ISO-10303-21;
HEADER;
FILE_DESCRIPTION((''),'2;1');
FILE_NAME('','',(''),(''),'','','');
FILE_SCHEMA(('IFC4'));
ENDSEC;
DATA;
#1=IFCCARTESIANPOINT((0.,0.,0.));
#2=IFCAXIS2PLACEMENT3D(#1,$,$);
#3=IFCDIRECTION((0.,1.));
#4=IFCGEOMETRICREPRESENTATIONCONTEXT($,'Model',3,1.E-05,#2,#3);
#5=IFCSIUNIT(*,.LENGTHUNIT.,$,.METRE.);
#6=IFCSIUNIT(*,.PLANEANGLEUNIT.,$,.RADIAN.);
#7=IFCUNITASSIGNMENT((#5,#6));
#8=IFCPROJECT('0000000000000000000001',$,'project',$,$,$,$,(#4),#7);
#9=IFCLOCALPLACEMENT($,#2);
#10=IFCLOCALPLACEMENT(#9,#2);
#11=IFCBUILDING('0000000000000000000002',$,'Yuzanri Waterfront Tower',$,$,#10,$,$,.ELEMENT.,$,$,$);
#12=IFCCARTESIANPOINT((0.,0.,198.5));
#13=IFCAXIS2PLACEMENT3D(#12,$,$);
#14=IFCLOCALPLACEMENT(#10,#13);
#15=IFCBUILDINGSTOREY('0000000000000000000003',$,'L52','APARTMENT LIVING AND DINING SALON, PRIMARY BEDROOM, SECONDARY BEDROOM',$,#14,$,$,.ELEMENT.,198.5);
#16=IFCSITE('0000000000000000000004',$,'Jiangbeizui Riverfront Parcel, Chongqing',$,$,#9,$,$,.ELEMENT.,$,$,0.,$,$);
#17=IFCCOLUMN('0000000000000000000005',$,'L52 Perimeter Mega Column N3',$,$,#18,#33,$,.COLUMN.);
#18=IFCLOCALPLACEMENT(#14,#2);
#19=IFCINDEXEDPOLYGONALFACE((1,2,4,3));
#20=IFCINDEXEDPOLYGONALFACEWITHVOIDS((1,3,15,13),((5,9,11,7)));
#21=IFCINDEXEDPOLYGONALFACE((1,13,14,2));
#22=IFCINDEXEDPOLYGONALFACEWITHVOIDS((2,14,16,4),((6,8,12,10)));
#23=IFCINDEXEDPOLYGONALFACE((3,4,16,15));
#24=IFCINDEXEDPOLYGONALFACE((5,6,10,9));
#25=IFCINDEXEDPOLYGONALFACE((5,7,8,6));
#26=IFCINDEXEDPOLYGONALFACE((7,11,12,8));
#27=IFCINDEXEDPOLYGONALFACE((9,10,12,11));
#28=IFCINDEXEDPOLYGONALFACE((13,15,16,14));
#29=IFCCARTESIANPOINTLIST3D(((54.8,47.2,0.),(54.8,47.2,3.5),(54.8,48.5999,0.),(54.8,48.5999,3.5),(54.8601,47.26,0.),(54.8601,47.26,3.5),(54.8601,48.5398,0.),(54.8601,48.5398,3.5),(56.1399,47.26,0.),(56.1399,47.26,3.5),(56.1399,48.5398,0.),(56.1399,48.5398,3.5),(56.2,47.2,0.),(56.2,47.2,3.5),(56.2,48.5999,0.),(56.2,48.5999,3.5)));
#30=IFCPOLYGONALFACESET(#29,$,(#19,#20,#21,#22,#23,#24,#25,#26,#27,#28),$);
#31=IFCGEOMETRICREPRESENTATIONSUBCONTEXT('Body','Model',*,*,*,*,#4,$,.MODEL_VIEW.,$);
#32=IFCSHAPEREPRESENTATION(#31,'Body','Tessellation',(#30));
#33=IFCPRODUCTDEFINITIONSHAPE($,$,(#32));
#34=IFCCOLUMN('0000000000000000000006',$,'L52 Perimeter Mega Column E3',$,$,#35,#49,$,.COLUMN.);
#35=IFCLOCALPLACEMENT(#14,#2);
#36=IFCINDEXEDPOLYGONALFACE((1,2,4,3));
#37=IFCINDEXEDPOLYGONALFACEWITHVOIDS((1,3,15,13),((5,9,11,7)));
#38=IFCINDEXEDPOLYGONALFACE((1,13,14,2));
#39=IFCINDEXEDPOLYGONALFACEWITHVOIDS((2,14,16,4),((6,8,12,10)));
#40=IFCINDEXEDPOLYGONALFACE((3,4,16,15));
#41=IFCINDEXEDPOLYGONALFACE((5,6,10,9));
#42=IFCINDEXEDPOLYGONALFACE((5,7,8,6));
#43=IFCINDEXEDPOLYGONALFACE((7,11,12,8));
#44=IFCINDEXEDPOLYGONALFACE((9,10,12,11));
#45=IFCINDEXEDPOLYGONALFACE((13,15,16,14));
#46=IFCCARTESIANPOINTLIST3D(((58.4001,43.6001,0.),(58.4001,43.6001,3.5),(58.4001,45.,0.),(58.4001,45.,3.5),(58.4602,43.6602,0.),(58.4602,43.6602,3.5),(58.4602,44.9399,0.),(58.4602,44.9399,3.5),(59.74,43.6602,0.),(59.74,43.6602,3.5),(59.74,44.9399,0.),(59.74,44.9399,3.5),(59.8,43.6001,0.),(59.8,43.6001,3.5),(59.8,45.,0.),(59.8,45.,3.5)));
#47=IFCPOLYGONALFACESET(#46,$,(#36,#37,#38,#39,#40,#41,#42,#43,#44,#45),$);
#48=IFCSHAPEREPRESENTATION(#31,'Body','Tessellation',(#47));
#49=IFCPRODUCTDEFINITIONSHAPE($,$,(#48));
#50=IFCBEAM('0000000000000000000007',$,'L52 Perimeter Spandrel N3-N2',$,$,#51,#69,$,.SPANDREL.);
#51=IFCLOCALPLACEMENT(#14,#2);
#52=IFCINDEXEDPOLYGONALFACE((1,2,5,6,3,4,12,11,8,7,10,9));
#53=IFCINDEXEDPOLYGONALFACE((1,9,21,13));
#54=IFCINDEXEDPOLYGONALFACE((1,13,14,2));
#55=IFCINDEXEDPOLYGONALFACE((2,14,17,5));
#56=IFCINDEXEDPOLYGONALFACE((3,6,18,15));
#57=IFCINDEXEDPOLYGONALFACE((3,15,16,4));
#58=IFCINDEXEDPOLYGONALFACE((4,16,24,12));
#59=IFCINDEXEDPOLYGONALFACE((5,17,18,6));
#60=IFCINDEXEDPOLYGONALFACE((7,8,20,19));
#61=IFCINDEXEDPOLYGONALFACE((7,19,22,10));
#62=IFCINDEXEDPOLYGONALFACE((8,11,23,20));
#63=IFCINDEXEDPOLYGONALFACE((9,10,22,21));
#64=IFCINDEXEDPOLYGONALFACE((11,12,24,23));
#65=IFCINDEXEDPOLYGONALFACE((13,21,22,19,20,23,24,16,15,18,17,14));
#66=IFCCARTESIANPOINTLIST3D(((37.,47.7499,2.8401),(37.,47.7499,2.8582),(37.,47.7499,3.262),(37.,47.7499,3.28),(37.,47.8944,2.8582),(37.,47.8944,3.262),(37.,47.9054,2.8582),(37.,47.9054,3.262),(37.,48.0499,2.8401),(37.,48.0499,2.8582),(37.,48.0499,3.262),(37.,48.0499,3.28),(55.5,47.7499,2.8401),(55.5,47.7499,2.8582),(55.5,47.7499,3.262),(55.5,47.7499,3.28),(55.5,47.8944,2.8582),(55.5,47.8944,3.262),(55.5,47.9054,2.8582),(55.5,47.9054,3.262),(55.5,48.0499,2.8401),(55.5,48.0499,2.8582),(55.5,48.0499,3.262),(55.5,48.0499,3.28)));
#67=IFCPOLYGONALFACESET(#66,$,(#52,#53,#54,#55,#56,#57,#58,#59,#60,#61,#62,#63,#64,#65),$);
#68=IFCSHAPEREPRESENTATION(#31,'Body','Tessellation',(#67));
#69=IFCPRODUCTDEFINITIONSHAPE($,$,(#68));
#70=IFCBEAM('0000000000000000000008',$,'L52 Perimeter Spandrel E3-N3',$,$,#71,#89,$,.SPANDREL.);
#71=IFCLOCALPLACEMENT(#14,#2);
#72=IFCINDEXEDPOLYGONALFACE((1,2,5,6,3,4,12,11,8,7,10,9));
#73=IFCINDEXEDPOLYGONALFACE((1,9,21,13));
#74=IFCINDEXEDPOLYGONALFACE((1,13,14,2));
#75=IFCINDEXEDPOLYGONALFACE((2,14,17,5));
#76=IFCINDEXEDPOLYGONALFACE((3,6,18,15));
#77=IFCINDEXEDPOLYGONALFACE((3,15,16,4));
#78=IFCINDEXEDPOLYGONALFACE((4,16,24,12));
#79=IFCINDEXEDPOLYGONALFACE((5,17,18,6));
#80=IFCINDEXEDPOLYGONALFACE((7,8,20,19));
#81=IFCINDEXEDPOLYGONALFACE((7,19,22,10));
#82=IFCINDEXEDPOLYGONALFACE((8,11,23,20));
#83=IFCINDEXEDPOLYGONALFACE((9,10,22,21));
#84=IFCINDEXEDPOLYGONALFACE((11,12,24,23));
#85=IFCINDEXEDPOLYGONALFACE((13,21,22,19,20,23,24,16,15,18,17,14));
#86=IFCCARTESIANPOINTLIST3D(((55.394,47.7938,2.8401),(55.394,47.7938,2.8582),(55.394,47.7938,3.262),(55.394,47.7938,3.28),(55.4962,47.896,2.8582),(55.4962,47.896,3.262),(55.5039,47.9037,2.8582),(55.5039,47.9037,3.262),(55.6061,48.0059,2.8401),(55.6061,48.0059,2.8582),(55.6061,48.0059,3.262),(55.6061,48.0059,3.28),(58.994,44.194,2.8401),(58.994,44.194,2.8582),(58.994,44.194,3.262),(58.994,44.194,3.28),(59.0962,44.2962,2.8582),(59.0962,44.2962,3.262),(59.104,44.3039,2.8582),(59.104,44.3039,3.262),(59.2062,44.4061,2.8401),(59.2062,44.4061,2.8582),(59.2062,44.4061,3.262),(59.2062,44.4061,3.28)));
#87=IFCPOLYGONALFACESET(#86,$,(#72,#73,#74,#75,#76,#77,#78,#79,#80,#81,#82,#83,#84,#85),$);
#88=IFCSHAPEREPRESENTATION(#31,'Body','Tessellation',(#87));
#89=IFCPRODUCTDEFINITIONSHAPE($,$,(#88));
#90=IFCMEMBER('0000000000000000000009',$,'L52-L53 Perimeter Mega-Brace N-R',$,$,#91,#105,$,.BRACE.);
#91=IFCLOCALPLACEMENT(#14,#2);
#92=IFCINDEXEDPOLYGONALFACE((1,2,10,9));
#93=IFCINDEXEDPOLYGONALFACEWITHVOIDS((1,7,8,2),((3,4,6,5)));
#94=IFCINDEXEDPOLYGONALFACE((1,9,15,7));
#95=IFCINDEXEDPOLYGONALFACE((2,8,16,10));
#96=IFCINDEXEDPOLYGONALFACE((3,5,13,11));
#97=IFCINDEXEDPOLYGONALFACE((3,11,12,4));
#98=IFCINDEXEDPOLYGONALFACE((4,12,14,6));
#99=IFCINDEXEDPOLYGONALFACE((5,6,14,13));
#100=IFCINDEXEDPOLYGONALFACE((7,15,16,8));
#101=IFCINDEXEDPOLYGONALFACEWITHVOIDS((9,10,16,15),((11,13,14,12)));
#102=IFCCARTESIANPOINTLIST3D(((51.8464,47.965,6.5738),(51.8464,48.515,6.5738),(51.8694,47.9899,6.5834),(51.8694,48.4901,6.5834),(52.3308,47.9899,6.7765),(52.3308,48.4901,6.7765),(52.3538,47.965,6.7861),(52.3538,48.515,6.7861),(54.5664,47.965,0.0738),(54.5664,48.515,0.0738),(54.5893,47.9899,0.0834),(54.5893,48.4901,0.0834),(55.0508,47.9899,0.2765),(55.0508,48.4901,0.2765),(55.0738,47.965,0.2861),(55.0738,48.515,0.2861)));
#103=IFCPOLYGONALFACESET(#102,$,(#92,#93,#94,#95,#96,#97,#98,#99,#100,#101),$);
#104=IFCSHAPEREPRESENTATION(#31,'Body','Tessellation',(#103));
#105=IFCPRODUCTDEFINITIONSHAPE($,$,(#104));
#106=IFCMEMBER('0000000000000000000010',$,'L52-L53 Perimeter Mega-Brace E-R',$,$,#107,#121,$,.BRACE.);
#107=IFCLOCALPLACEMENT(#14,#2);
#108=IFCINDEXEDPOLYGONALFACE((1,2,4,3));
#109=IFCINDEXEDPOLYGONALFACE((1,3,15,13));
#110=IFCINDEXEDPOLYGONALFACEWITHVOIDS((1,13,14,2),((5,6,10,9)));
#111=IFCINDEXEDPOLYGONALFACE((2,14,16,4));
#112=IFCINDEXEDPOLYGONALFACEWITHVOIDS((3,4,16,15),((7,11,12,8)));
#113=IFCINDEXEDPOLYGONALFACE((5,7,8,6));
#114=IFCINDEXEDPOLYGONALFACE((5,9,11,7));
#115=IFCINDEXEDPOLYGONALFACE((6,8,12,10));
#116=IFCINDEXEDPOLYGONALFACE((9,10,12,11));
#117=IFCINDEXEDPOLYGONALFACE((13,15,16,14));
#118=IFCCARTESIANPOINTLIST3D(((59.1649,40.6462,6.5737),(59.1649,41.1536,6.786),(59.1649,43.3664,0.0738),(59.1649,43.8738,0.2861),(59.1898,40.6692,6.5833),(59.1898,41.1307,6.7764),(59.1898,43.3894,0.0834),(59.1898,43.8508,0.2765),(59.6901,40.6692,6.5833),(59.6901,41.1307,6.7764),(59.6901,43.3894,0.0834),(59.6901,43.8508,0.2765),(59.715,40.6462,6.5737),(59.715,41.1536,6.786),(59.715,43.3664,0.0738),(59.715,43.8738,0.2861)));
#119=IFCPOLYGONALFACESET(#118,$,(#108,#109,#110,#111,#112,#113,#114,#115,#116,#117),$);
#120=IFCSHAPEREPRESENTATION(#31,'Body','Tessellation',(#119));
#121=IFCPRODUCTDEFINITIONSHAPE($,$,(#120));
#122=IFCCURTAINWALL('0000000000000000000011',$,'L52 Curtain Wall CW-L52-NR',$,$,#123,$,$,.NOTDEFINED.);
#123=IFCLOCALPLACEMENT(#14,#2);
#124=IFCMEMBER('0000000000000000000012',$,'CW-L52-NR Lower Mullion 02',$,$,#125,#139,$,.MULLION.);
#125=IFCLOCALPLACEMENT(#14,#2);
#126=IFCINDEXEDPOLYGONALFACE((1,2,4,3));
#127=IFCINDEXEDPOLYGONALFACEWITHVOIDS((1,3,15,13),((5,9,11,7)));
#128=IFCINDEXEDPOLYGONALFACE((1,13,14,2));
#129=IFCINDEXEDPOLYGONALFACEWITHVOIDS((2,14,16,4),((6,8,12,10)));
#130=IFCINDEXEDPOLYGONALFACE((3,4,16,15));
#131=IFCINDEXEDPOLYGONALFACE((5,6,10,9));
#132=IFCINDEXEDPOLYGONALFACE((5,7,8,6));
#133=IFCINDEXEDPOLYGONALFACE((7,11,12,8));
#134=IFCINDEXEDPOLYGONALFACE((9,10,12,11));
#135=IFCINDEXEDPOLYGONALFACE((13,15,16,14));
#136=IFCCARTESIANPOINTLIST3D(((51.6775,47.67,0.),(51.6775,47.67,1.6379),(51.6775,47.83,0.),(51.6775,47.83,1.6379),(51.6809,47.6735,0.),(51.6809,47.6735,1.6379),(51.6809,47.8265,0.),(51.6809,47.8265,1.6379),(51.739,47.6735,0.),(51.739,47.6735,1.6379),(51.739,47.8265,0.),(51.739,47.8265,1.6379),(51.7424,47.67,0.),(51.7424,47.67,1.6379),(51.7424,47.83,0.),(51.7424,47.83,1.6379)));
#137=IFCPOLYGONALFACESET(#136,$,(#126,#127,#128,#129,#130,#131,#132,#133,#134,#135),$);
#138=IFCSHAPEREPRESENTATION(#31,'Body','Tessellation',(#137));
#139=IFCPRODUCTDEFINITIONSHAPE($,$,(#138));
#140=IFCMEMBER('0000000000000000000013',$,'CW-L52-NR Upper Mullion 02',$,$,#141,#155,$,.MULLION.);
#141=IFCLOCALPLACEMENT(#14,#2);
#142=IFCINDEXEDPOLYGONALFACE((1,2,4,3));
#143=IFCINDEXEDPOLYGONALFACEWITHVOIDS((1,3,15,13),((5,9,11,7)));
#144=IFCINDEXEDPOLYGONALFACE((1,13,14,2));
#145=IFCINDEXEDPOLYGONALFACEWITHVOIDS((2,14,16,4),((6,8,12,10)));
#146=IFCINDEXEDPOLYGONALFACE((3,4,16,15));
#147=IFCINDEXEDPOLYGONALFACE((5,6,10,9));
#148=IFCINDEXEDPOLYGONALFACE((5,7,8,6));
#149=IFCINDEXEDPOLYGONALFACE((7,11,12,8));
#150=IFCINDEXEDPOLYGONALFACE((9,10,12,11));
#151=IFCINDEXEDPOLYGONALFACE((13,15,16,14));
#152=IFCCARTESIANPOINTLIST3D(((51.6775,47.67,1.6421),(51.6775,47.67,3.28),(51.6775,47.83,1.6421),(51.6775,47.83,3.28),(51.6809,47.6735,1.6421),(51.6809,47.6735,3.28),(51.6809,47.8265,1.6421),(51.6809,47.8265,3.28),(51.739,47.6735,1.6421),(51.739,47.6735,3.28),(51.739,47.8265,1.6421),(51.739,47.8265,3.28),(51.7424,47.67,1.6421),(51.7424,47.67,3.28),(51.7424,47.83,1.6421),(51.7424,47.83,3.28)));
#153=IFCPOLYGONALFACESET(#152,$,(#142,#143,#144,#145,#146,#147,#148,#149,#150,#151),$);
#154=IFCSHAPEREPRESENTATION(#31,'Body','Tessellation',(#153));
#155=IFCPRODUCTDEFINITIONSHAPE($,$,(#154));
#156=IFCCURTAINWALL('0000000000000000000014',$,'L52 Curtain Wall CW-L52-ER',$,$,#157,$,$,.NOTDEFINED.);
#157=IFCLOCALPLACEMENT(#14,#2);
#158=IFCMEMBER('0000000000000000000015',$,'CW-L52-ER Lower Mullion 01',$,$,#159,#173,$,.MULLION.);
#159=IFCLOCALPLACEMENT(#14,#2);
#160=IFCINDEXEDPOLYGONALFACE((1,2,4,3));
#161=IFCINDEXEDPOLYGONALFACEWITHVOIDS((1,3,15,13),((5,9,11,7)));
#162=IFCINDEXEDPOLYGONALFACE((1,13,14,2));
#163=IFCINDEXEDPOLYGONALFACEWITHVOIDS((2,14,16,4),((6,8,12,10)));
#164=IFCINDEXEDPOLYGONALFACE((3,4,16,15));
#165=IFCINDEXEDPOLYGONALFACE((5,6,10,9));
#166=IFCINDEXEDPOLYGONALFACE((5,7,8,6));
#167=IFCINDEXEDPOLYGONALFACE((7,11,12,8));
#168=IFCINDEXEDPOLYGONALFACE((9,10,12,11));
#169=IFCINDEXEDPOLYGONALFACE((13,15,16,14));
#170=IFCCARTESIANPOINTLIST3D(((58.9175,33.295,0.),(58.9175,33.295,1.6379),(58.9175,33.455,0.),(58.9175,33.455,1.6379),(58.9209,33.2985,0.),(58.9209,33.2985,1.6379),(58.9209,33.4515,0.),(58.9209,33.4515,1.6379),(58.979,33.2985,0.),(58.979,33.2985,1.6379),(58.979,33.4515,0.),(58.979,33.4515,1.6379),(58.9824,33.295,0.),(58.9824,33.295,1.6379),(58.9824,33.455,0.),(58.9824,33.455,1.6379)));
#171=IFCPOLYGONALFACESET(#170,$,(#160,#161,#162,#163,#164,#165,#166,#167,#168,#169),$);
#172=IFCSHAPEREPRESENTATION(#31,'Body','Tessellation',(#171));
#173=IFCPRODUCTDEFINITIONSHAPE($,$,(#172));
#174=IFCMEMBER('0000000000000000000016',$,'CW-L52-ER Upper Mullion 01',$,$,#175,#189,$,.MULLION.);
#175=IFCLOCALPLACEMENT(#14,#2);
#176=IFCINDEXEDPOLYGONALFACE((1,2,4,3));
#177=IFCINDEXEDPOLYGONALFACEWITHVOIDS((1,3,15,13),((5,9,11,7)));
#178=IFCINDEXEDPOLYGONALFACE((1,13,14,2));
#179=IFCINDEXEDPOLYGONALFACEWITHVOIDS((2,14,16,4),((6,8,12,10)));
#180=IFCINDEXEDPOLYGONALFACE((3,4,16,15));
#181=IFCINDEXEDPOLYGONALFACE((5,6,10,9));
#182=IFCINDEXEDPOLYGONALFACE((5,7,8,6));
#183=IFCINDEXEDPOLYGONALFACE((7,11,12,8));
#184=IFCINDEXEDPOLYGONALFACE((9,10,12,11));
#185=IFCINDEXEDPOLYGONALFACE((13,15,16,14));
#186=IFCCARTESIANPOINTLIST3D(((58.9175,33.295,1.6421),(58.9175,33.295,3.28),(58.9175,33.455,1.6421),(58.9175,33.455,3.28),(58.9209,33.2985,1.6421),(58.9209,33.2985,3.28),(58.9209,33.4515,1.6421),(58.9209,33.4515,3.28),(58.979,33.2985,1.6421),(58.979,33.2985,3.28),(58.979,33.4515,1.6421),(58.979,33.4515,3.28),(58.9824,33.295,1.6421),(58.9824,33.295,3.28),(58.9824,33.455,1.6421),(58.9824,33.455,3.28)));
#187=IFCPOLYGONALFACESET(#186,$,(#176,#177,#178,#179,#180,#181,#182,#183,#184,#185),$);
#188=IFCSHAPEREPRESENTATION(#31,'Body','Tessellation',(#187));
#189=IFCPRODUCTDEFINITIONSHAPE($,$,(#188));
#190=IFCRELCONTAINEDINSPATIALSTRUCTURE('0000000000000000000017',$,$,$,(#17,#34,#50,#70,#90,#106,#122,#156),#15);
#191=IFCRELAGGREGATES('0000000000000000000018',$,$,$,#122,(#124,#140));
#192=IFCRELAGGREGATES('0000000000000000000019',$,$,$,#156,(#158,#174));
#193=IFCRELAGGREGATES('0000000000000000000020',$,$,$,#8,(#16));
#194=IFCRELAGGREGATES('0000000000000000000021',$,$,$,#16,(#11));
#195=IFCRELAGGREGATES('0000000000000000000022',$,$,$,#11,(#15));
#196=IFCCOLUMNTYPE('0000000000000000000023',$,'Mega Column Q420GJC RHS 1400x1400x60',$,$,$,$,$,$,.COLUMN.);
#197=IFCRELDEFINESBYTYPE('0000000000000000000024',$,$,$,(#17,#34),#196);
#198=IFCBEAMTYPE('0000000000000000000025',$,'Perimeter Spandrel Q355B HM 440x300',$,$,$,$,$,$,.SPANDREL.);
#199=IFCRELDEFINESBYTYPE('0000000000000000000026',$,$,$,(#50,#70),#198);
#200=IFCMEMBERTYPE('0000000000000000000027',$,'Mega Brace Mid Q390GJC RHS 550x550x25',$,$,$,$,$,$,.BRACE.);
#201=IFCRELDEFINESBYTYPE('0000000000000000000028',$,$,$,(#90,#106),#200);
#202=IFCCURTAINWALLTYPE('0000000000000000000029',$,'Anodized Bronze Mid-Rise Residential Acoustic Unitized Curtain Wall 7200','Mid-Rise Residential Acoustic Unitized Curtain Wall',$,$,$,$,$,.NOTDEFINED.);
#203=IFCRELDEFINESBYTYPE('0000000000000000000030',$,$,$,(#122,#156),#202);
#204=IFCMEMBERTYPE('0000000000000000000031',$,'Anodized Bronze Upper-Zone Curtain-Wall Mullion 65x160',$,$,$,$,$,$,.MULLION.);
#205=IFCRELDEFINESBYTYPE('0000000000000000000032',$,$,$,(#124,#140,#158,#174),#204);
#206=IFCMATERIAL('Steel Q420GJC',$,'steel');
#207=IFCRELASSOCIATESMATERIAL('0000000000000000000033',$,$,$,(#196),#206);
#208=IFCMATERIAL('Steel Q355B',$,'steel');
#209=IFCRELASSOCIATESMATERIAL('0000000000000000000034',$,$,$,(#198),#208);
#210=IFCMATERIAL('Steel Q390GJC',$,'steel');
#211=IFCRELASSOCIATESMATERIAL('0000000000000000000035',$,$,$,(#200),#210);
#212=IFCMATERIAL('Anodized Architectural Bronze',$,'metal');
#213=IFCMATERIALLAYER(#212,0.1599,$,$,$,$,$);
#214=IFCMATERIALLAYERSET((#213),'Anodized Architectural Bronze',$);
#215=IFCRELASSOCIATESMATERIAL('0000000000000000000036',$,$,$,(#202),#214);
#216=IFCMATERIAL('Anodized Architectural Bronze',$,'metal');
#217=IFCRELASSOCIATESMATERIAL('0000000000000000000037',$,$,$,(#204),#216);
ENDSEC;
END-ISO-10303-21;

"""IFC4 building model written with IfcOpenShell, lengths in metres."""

from ifc_helpers import new_model, si_unit, direction, frame, origin, origin_2d, place, context, subcontext, project, spatial, hollow_rectangle, i_section, extrude, source, transform, mapped, material, layer, layer_set, material_profile, profile_set, type_object, element, aggregate, save


model = new_model("IFC4")

# Units and contexts
model_context = context("Model", 3, precision=1e-05, world=origin(), true_north=direction((0.0, 1.0)))
body_context = subcontext(model_context, "Body", "Model", "MODEL_VIEW")
ifc_project = project(units=[si_unit("LENGTHUNIT", "METRE"), si_unit("PLANEANGLEUNIT", "RADIAN")], contexts=[model_context])

# Site, building, storey
site_placement = place(None, origin())
site = spatial("IfcSite", under=ifc_project, at=site_placement, Name="Jiangbeizui Riverfront Parcel, Chongqing", CompositionType="ELEMENT", RefElevation=0.0)
building_placement = place(site_placement, origin())
building = spatial("IfcBuilding", under=site, at=building_placement, Name="Yuzanri Waterfront Tower", CompositionType="ELEMENT")
storey_placement = place(building_placement, frame((0.0, 0.0, 198.5)))
storey = spatial("IfcBuildingStorey", under=building, at=storey_placement, Name="L52", Description="APARTMENT LIVING AND DINING SALON, PRIMARY BEDROOM, SECONDARY BEDROOM", CompositionType="ELEMENT", Elevation=198.5)

# Columns
ifc_material_1 = material(Name="Steel Q420GJC", Category="steel")
ifc_material_profile_1 = material_profile(ifc_material_1, hollow_rectangle(XDim=1.3999, YDim=1.3999, WallThickness=0.0601, at=origin_2d()), Name="RHS 1400x1400x60")
ifc_profile_set_1 = profile_set([ifc_material_profile_1], Name="Steel Q420GJC")
column_type = type_object("IfcColumnType", Name="Mega Column Q420GJC RHS 1400x1400x60", PredefinedType="COLUMN", material=ifc_profile_set_1)
shared_shape_1 = source(origin(), body_context, "Body", "SweptSolid", [
    extrude(hollow_rectangle(XDim=1.3999, YDim=1.3999, WallThickness=0.0601, at=origin_2d()), origin(), (0.0, 0.0, 1.0), 3.5),
])
for number, where, z_axis, x_axis, name in (
    (1, (55.5, 47.8999, 0.0), (0.0, 0.0, 1.0), (1.0, 0.0, 0.0), "L52 Perimeter Mega Column N3"),
    (2, (59.1001, 44.3, 0.0), (0.0, 0.0, 1.0), (1.0, 0.0, 0.0), "L52 Perimeter Mega Column E3"),
):
    element("IfcColumn", number, at=place(storey_placement, frame(where, z_axis=z_axis, x_axis=x_axis)), inside=storey, type_object=column_type, Name=name, PredefinedType="COLUMN", context=body_context, shape_type="MappedRepresentation", body=[
        mapped(shared_shape_1, transform((0.0, 0.0, 0.0), scale=1.0)),
    ])

# Beams
ifc_material_2 = material(Name="Steel Q355B", Category="steel")
ifc_material_profile_2 = material_profile(ifc_material_2, i_section(OverallWidth=0.3, OverallDepth=0.4399, WebThickness=0.011, FlangeThickness=0.0181, at=origin_2d()), Name="HM 440x300x11x18")
ifc_profile_set_2 = profile_set([ifc_material_profile_2], Name="Steel Q355B")
beam_type = type_object("IfcBeamType", Name="Perimeter Spandrel Q355B HM 440x300", PredefinedType="SPANDREL", material=ifc_profile_set_2)
shared_shape_2 = source(origin(), body_context, "Body", "SweptSolid", [
    extrude(i_section(OverallWidth=0.3, OverallDepth=0.4399, WebThickness=0.011, FlangeThickness=0.0181, at=origin_2d()), origin(), (0.0, 0.0, 1.0), 18.5),
])
beam_1_placement = place(storey_placement, frame((55.5, 47.8999, 3.0601), z_axis=(-1.0, 0.0, 0.0), x_axis=(0.0, -1.0, 0.0)))
element("IfcBeam", 3, at=beam_1_placement, inside=storey, type_object=beam_type, Name="L52 Perimeter Spandrel N3-N2", PredefinedType="SPANDREL", context=body_context, shape_type="MappedRepresentation", body=[
    mapped(shared_shape_2, transform((0.0, 0.0, 0.0), scale=1.0)),
])
shared_shape_3 = source(origin(), body_context, "Body", "SweptSolid", [
    extrude(i_section(OverallWidth=0.3, OverallDepth=0.4399, WebThickness=0.011, FlangeThickness=0.0181, at=origin_2d()), origin(), (0.0, 0.0, 1.0), 5.0911),
])
beam_2_placement = place(storey_placement, frame((59.1001, 44.3, 3.0601), z_axis=(-0.707131, 0.707083, 0.0), x_axis=(-0.707083, -0.707131, 0.0)))
element("IfcBeam", 4, at=beam_2_placement, inside=storey, type_object=beam_type, Name="L52 Perimeter Spandrel E3-N3", PredefinedType="SPANDREL", context=body_context, shape_type="MappedRepresentation", body=[
    mapped(shared_shape_3, transform((0.0, 0.0, 0.0), scale=1.0)),
])

# Members
ifc_material_3 = material(Name="Steel Q390GJC", Category="steel")
ifc_material_profile_3 = material_profile(ifc_material_3, hollow_rectangle(XDim=0.55, YDim=0.55, WallThickness=0.0249, at=origin_2d()), Name="RHS 550x550x25")
ifc_profile_set_3 = profile_set([ifc_material_profile_3], Name="Steel Q390GJC")
member_type_1 = type_object("IfcMemberType", Name="Mega Brace Mid Q390GJC RHS 550x550x25", PredefinedType="BRACE", material=ifc_profile_set_3)
shared_shape_4 = source(origin(), body_context, "Body", "SweptSolid", [
    extrude(hollow_rectangle(XDim=0.55, YDim=0.55, WallThickness=0.0249, at=origin_2d()), origin(), (0.0, 0.0, 1.0), 7.0461),
])
for number, where, z_axis, x_axis, name in (
    (5, (54.8201, 48.24, 0.1799), (-0.386022, 0.0, 0.922489), (0.0, -1.0, 0.0), "L52-L53 Perimeter Mega-Brace N-R"),
    (6, (59.4399, 43.6201, 0.1799), (0.0, -0.386052, 0.922477), (1.0, 0.0, 0.0), "L52-L53 Perimeter Mega-Brace E-R"),
):
    element("IfcMember", number, at=place(storey_placement, frame(where, z_axis=z_axis, x_axis=x_axis)), inside=storey, type_object=member_type_1, Name=name, PredefinedType="BRACE", context=body_context, shape_type="MappedRepresentation", body=[
        mapped(shared_shape_4, transform((0.0, 0.0, 0.0), scale=1.0)),
    ])

# Curtain walls, members
ifc_material_4 = material(Name="Anodized Architectural Bronze", Category="metal")
ifc_layer_1 = layer(ifc_material_4, 0.1599)
ifc_layer_set_1 = layer_set([ifc_layer_1], Name="Anodized Architectural Bronze")
curtain_wall_type = type_object("IfcCurtainWallType", Name="Anodized Bronze Mid-Rise Residential Acoustic Unitized Curtain Wall 7200", Description="Mid-Rise Residential Acoustic Unitized Curtain Wall", PredefinedType="NOTDEFINED", material=ifc_layer_set_1)
curtain_wall_1_placement = place(storey_placement, origin())
curtain_wall_1 = element("IfcCurtainWall", 7, at=curtain_wall_1_placement, inside=storey, type_object=curtain_wall_type, Name="L52 Curtain Wall CW-L52-NR", PredefinedType="NOTDEFINED")
ifc_material_5 = material(Name="Anodized Architectural Bronze", Category="metal")
ifc_material_profile_4 = material_profile(ifc_material_5, hollow_rectangle(XDim=0.0649, YDim=0.1599, WallThickness=0.0034, at=origin_2d()), Name="CWM 65x160")
ifc_profile_set_4 = profile_set([ifc_material_profile_4], Name="Anodized Architectural Bronze")
member_type_2 = type_object("IfcMemberType", Name="Anodized Bronze Upper-Zone Curtain-Wall Mullion 65x160", PredefinedType="MULLION", material=ifc_profile_set_4)
shared_shape_5 = source(origin(), body_context, "Body", "SweptSolid", [
    extrude(hollow_rectangle(XDim=0.0649, YDim=0.1599, WallThickness=0.0034, at=origin_2d()), origin(), (0.0, 0.0, 1.0), 1.6379),
])
member_1_placement = place(storey_placement, frame((51.71, 47.75, 0.0), z_axis=(0.0, 0.0, 1.0), x_axis=(1.0, 0.0, 0.0)))
member_1 = element("IfcMember", 8, at=member_1_placement, type_object=member_type_2, Name="CW-L52-NR Lower Mullion 02", PredefinedType="MULLION", context=body_context, shape_type="MappedRepresentation", body=[
    mapped(shared_shape_5, transform((0.0, 0.0, 0.0), scale=1.0)),
])
member_2_placement = place(storey_placement, frame((51.71, 47.75, 1.6421), z_axis=(0.0, 0.0, 1.0), x_axis=(1.0, 0.0, 0.0)))
member_2 = element("IfcMember", 9, at=member_2_placement, type_object=member_type_2, Name="CW-L52-NR Upper Mullion 02", PredefinedType="MULLION", context=body_context, shape_type="MappedRepresentation", body=[
    mapped(shared_shape_5, transform((0.0, 0.0, 0.0), scale=1.0)),
])
aggregate(curtain_wall_1, [member_1, member_2])
curtain_wall_2_placement = place(storey_placement, origin())
curtain_wall_2 = element("IfcCurtainWall", 10, at=curtain_wall_2_placement, inside=storey, type_object=curtain_wall_type, Name="L52 Curtain Wall CW-L52-ER", PredefinedType="NOTDEFINED")
member_3_placement = place(storey_placement, frame((58.95, 33.375, 0.0), z_axis=(0.0, 0.0, 1.0), x_axis=(1.0, 0.0, 0.0)))
member_3 = element("IfcMember", 11, at=member_3_placement, type_object=member_type_2, Name="CW-L52-ER Lower Mullion 01", PredefinedType="MULLION", context=body_context, shape_type="MappedRepresentation", body=[
    mapped(shared_shape_5, transform((0.0, 0.0, 0.0), scale=1.0)),
])
member_4_placement = place(storey_placement, frame((58.95, 33.375, 1.6421), z_axis=(0.0, 0.0, 1.0), x_axis=(1.0, 0.0, 0.0)))
member_4 = element("IfcMember", 12, at=member_4_placement, type_object=member_type_2, Name="CW-L52-ER Upper Mullion 01", PredefinedType="MULLION", context=body_context, shape_type="MappedRepresentation", body=[
    mapped(shared_shape_5, transform((0.0, 0.0, 0.0), scale=1.0)),
])

aggregate(curtain_wall_2, [member_3, member_4])

save(model, "model.ifc")
